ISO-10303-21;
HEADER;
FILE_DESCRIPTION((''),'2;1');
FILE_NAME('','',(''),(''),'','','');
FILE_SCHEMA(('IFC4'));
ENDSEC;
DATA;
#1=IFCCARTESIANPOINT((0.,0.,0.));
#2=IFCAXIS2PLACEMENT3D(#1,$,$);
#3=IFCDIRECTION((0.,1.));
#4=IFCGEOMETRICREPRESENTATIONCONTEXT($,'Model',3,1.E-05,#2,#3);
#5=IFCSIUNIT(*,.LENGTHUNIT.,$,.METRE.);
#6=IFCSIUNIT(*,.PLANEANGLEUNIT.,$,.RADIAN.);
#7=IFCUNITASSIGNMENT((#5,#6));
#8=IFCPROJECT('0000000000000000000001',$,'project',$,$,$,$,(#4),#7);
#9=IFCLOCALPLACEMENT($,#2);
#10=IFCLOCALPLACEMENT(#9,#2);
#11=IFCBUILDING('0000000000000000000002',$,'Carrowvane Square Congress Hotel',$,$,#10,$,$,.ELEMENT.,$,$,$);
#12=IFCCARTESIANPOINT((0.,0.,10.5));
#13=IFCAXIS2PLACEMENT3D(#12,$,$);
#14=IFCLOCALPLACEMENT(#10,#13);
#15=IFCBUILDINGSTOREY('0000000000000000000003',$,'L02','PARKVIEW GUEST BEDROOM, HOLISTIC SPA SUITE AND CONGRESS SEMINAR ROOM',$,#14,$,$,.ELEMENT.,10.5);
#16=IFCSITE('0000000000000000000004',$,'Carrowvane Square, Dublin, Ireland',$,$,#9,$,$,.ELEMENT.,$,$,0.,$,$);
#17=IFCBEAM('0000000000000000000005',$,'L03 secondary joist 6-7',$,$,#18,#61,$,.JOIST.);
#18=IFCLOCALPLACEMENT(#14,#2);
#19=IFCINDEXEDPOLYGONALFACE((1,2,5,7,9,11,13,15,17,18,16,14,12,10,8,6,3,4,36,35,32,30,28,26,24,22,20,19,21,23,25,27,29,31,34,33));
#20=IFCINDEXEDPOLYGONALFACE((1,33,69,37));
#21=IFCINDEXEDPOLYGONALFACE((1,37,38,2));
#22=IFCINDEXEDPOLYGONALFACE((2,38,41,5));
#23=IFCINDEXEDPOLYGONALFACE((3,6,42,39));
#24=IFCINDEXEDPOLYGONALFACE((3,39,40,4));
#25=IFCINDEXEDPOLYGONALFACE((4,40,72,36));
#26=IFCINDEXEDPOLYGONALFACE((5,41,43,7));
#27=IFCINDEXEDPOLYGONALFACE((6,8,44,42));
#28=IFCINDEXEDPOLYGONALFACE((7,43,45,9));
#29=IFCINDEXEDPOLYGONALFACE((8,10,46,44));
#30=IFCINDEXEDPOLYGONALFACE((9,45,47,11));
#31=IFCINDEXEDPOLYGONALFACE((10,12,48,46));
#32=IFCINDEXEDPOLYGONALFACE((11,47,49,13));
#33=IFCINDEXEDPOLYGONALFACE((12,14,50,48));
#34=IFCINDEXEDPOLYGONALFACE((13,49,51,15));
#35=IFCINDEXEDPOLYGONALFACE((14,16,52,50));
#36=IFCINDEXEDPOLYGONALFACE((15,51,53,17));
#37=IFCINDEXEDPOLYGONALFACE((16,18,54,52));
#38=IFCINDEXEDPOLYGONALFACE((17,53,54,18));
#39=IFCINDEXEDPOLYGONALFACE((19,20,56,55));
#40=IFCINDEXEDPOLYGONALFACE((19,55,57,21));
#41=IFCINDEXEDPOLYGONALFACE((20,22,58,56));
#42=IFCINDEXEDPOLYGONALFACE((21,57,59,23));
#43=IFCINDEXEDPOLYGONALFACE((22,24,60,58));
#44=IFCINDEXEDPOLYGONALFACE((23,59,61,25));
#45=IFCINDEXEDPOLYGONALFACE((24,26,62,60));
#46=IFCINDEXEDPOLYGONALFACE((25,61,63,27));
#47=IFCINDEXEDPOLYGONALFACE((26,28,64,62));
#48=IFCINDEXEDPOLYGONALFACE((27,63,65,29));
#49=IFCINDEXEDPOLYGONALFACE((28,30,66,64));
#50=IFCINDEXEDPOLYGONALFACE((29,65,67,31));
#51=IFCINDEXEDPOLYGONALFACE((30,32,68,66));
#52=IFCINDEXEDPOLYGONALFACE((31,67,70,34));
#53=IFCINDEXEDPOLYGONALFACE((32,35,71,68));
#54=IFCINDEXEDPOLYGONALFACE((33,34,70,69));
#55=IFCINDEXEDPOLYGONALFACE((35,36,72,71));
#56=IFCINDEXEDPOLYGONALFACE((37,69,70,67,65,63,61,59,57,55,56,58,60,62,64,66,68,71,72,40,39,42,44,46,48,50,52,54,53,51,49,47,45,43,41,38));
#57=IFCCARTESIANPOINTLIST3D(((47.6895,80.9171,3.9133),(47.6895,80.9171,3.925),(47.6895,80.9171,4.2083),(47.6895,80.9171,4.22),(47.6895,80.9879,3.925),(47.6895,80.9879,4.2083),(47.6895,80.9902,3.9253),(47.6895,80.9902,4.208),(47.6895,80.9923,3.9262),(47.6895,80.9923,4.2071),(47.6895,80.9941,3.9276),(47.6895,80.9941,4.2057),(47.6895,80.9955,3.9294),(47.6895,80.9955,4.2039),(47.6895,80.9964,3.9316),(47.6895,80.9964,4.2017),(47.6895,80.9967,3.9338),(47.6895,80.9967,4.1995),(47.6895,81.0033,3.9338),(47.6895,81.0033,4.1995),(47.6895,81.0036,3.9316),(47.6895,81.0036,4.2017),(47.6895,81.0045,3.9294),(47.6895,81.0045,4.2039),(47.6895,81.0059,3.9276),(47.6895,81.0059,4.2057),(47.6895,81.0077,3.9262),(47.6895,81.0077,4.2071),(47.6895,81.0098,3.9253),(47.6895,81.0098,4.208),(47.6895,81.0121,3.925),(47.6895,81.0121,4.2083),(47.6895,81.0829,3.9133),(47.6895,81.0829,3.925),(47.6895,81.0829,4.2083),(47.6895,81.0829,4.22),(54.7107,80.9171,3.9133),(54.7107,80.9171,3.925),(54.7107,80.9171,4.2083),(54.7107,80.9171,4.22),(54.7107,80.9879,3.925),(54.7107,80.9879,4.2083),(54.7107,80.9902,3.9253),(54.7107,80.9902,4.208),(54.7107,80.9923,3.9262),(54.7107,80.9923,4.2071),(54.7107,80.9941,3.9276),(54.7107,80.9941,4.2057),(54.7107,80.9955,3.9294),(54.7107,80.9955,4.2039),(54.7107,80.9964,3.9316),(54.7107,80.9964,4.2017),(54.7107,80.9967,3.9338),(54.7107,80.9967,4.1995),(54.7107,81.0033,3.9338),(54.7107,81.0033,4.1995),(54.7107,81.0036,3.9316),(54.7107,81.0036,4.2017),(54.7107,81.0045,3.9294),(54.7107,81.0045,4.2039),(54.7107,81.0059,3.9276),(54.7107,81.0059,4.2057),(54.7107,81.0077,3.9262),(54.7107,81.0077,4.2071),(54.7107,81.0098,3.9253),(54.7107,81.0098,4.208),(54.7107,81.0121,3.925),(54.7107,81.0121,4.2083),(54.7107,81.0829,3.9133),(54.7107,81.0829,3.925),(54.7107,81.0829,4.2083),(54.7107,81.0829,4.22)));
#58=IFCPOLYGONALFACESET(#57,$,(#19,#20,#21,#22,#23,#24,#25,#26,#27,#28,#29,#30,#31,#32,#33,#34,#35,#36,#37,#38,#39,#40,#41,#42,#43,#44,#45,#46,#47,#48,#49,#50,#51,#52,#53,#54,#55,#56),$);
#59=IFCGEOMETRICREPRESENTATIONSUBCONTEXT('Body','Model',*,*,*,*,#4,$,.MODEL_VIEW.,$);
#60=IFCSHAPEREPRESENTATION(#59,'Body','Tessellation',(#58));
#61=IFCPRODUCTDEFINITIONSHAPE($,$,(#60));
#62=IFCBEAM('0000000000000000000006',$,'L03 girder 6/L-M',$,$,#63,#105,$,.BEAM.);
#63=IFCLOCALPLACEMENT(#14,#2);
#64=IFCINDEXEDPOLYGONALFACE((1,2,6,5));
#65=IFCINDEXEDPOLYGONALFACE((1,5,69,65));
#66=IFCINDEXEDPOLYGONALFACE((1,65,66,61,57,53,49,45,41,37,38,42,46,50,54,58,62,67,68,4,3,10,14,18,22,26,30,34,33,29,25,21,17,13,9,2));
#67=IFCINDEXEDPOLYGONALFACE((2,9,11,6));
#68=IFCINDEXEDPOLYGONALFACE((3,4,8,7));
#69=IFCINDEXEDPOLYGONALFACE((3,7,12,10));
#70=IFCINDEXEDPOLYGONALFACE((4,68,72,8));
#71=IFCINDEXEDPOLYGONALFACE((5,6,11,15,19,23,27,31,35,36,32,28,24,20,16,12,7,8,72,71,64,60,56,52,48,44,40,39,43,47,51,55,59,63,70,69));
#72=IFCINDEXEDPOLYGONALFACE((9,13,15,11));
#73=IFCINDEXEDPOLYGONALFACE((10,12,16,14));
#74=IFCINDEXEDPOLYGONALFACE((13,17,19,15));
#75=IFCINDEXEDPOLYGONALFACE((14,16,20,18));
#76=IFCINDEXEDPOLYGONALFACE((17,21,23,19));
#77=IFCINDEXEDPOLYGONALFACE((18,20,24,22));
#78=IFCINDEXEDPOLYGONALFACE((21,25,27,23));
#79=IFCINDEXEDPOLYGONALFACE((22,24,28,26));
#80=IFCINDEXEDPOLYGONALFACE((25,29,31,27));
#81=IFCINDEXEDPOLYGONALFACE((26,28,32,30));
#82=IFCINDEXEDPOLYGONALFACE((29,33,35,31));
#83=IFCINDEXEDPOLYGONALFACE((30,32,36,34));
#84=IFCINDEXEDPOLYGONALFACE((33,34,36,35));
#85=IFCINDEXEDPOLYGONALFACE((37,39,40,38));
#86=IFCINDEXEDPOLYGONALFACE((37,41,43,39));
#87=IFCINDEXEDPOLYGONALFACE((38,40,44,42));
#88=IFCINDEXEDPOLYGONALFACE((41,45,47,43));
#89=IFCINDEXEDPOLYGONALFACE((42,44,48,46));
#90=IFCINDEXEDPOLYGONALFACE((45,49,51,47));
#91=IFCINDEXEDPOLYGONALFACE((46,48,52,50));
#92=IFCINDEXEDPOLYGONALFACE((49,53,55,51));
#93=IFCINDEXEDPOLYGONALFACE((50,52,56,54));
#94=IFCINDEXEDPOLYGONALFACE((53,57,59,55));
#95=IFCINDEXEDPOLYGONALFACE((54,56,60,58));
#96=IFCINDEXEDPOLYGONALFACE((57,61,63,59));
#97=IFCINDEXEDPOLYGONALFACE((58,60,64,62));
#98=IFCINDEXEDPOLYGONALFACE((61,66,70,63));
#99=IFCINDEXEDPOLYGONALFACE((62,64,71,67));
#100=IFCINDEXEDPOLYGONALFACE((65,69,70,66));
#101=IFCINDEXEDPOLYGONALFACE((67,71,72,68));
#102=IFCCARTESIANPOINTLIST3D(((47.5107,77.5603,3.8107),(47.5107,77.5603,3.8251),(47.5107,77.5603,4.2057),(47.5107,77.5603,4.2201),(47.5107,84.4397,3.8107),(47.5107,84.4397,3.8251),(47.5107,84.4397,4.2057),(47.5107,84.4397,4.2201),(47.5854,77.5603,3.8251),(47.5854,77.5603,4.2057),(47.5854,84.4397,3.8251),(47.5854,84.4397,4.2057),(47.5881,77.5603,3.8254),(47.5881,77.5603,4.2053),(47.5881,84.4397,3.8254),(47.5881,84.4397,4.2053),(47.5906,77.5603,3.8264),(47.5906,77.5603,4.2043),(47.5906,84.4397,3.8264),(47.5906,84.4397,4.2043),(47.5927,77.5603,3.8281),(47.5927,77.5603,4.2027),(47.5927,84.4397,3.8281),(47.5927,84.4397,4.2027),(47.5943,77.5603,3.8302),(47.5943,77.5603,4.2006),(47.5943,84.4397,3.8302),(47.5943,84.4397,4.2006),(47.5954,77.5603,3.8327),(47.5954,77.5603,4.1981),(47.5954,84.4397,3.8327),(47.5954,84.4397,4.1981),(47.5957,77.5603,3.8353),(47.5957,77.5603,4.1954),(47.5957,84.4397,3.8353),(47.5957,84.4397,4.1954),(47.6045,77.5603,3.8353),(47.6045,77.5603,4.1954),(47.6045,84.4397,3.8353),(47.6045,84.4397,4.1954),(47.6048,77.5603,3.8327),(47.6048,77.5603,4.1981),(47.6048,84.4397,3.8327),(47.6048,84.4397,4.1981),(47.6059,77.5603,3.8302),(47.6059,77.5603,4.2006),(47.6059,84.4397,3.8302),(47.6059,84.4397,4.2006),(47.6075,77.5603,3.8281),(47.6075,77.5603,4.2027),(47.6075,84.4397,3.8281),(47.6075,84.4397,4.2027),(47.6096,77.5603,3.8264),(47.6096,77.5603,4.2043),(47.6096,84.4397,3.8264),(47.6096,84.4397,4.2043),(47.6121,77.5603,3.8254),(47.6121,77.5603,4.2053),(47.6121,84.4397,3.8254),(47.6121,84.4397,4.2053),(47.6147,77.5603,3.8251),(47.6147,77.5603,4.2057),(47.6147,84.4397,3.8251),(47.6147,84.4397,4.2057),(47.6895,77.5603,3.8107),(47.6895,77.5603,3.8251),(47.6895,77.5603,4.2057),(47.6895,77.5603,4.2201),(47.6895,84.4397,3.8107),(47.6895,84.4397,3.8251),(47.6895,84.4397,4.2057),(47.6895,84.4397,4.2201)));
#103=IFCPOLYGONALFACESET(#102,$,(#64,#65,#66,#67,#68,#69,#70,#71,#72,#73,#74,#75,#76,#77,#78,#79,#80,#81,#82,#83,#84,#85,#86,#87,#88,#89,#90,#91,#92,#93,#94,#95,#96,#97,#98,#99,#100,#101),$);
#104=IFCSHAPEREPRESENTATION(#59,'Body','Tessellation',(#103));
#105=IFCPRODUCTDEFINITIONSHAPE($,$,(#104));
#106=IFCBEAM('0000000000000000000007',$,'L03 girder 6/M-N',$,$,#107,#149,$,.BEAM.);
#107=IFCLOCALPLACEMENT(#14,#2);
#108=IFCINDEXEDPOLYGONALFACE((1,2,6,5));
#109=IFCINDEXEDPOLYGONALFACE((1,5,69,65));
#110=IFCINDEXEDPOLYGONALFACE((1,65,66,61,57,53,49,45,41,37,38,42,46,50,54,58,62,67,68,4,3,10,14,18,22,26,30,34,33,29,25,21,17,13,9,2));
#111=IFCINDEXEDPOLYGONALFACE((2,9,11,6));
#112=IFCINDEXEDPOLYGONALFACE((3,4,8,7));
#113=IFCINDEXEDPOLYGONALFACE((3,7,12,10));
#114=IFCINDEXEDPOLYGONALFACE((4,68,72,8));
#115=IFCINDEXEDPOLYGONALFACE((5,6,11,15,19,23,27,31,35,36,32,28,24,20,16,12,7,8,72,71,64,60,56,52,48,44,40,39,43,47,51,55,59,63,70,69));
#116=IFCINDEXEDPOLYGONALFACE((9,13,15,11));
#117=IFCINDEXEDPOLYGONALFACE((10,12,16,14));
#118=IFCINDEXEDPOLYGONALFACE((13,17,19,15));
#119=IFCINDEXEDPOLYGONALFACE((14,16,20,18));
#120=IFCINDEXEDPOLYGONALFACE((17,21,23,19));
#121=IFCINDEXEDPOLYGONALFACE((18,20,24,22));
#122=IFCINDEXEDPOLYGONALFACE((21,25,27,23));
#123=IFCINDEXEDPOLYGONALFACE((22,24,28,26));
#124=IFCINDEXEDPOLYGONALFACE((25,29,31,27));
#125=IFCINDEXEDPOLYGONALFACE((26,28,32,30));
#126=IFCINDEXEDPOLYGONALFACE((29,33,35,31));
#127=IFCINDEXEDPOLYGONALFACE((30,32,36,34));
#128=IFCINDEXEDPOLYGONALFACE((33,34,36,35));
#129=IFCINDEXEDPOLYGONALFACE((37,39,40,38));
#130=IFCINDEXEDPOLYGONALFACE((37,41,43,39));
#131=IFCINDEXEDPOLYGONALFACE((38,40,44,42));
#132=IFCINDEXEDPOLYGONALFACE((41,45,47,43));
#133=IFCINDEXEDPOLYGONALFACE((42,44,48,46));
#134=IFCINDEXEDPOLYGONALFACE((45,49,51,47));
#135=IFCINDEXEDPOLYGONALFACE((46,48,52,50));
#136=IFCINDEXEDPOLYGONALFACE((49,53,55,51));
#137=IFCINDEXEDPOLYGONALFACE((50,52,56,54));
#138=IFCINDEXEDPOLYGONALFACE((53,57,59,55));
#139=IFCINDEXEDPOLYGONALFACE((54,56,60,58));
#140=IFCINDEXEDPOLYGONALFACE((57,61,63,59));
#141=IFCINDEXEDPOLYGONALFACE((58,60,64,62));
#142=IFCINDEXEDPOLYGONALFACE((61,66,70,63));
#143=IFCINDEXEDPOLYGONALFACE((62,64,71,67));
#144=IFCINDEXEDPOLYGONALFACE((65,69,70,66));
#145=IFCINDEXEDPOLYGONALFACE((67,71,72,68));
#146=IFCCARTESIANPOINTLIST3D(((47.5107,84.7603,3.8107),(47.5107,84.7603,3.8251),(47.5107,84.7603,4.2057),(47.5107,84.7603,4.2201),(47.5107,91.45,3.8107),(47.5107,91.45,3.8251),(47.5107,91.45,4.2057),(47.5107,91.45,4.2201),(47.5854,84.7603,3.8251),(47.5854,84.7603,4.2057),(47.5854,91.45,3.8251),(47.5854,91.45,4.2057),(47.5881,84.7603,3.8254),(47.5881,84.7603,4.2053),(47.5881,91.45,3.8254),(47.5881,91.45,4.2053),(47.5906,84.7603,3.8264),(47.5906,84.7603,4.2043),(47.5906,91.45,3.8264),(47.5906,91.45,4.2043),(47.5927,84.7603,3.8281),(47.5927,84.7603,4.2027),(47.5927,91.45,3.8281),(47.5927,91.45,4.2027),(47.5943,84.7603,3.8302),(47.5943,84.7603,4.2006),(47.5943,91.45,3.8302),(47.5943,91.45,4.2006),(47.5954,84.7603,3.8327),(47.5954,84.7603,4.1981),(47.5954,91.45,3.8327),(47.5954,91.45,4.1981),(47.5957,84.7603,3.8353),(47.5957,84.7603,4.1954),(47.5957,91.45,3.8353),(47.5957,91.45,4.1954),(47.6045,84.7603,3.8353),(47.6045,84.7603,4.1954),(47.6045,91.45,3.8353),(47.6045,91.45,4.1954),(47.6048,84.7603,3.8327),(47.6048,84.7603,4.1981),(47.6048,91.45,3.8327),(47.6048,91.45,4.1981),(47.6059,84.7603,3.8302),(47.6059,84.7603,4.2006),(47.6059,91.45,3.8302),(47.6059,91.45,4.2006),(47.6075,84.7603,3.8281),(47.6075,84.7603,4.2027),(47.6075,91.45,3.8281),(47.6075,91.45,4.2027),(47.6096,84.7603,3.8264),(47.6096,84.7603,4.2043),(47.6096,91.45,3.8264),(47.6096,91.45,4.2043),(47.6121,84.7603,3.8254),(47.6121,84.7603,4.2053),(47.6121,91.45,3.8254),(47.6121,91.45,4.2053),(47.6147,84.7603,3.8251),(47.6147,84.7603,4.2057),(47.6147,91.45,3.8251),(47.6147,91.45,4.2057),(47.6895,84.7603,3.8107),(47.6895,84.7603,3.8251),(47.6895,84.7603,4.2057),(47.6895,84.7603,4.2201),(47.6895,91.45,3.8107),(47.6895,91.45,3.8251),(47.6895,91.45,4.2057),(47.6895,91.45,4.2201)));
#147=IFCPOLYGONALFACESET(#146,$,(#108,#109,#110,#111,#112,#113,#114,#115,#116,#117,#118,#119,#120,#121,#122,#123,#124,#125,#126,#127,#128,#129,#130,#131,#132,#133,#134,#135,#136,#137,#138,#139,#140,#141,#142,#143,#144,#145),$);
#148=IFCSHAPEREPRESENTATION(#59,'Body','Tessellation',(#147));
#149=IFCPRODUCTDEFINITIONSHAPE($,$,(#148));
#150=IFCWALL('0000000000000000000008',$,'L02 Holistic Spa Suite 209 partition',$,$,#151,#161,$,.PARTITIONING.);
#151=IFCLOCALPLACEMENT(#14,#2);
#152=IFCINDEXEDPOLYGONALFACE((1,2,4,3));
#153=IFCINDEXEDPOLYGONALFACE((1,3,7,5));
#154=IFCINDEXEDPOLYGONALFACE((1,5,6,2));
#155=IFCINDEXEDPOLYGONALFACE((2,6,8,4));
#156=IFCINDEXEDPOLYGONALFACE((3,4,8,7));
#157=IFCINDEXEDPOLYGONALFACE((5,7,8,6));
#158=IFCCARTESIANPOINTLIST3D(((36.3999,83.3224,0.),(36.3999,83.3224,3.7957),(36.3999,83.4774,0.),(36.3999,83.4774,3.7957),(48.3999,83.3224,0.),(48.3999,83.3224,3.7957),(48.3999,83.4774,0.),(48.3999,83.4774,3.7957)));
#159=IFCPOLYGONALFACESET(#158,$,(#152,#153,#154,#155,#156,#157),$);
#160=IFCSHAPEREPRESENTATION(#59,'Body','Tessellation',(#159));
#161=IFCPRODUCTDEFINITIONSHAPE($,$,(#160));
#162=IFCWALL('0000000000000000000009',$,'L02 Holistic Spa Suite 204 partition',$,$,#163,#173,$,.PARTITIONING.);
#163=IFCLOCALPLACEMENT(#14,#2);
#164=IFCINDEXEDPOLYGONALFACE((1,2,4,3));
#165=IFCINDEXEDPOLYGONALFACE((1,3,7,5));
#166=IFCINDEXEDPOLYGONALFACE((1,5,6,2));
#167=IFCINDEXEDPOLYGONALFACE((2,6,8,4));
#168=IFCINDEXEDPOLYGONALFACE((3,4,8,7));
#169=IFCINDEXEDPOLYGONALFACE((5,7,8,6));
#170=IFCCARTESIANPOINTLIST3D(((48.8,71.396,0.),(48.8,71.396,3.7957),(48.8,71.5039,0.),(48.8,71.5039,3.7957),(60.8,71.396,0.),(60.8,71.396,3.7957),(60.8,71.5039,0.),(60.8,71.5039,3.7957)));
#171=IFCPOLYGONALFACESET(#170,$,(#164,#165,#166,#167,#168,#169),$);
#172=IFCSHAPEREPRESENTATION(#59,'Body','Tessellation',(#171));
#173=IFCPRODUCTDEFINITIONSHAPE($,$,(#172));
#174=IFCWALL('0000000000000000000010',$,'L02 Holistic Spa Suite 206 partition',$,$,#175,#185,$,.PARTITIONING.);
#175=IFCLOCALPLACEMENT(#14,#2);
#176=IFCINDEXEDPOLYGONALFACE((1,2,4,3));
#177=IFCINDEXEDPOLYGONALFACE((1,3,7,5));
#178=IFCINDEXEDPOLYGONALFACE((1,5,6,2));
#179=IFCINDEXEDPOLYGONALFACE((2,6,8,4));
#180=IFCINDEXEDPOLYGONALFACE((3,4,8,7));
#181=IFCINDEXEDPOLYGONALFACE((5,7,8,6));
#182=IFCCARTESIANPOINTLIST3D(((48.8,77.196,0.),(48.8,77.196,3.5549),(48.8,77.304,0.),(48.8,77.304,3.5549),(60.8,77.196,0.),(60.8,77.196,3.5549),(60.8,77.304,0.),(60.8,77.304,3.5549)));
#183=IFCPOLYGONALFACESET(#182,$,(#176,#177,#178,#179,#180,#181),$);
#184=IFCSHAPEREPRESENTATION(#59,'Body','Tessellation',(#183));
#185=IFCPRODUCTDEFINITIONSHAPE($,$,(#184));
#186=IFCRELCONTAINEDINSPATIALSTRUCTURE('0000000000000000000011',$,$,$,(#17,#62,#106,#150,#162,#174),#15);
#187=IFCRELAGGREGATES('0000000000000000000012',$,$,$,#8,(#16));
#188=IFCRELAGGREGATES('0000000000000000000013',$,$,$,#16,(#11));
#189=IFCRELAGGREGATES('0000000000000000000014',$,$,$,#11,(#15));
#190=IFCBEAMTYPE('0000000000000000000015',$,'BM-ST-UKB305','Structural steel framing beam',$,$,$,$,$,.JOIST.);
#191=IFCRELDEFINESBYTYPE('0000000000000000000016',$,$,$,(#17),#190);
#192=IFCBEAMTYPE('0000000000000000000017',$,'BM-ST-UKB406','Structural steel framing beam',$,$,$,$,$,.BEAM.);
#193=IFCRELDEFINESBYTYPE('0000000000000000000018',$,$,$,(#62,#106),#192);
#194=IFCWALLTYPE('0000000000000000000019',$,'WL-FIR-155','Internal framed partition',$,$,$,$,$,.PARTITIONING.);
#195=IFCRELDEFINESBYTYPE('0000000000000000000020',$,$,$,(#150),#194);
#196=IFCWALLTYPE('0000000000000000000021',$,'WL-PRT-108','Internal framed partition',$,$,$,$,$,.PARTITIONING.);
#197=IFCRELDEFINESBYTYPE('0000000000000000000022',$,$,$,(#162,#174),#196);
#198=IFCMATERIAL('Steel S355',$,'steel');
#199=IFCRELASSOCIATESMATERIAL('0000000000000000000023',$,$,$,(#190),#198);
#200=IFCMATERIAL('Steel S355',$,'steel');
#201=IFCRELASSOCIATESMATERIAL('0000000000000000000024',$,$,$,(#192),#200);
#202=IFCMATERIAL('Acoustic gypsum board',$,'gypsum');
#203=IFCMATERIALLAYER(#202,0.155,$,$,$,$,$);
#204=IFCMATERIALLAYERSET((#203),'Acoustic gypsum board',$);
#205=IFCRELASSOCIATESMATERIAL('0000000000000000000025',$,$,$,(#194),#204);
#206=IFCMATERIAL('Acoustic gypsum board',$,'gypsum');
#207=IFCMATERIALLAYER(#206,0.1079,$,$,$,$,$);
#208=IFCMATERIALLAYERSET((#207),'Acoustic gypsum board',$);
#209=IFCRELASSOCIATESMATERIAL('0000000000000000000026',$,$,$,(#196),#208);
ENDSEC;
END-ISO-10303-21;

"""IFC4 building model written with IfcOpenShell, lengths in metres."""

from ifc_helpers import new_model, si_unit, direction, frame, frame_2d, origin, origin_2d, place, context, subcontext, project, spatial, rectangle, i_section, extrude, material, layer, layer_set, material_profile, profile_set, type_object, element, save


model = new_model("IFC4")

# Units and contexts
model_context = context("Model", 3, precision=1e-05, world=origin(), true_north=direction((0.0, 1.0)))
body_context = subcontext(model_context, "Body", "Model", "MODEL_VIEW")
ifc_project = project(units=[si_unit("LENGTHUNIT", "METRE"), si_unit("PLANEANGLEUNIT", "RADIAN")], contexts=[model_context])

# Site, building, storey
site_placement = place(None, origin())
site = spatial("IfcSite", under=ifc_project, at=site_placement, Name="Carrowvane Square, Dublin, Ireland", CompositionType="ELEMENT", RefElevation=0.0)
building_placement = place(site_placement, origin())
building = spatial("IfcBuilding", under=site, at=building_placement, Name="Carrowvane Square Congress Hotel", CompositionType="ELEMENT")
storey_placement = place(building_placement, frame((0.0, 0.0, 10.5)))
storey = spatial("IfcBuildingStorey", under=building, at=storey_placement, Name="L02", Description="PARKVIEW GUEST BEDROOM, HOLISTIC SPA SUITE AND CONGRESS SEMINAR ROOM", CompositionType="ELEMENT", Elevation=10.5)

# Beams
ifc_material_1 = material(Name="Steel S355", Category="steel")
ifc_material_profile_1 = material_profile(ifc_material_1, i_section(OverallWidth=0.1658, OverallDepth=0.3066, WebThickness=0.0066, FlangeThickness=0.0117, FilletRadius=0.0088, at=origin_2d()), Name="UKB 305x165x46")
ifc_profile_set_1 = profile_set([ifc_material_profile_1], Name="Steel S355")
beam_type_1 = type_object("IfcBeamType", Name="BM-ST-UKB305", Description="Structural steel framing beam", PredefinedType="JOIST", material=ifc_profile_set_1)
for number, where, z_axis, x_axis, name in (
    (1, (47.6895, 81.0, 4.0667), (1.0, 0.0, 0.0), (0.0, 1.0, 0.0), "L03 secondary joist 6-7"),
):
    element("IfcBeam", number, at=place(storey_placement, frame(where, z_axis=z_axis, x_axis=x_axis)), inside=storey, type_object=beam_type_1, Name=name, PredefinedType="JOIST", context=body_context, shape_type="SweptSolid", body=[
        extrude(i_section(OverallWidth=0.1658, OverallDepth=0.3066, WebThickness=0.0066, FlangeThickness=0.0117, FilletRadius=0.0088, at=origin_2d()), origin(), (0.0, 0.0, 1.0), 7.0212),
    ])
ifc_material_2 = material(Name="Steel S355", Category="steel")
ifc_material_profile_2 = material_profile(ifc_material_2, i_section(OverallWidth=0.1787, OverallDepth=0.4094, WebThickness=0.0088, FlangeThickness=0.0144, FilletRadius=0.0103, at=origin_2d()), Name="UKB 406x178x67")
ifc_profile_set_2 = profile_set([ifc_material_profile_2], Name="Steel S355")
beam_type_2 = type_object("IfcBeamType", Name="BM-ST-UKB406", Description="Structural steel framing beam", PredefinedType="BEAM", material=ifc_profile_set_2)
beam_1_placement = place(storey_placement, frame((47.6001, 77.5603, 4.0154), z_axis=(0.0, 1.0, 0.0), x_axis=(-1.0, 0.0, 0.0)))
element("IfcBeam", 2, at=beam_1_placement, inside=storey, type_object=beam_type_2, Name="L03 girder 6/L-M", PredefinedType="BEAM", context=body_context, shape_type="SweptSolid", body=[
    extrude(i_section(OverallWidth=0.1787, OverallDepth=0.4094, WebThickness=0.0088, FlangeThickness=0.0144, FilletRadius=0.0103, at=origin_2d()), origin(), (0.0, 0.0, 1.0), 6.8794),
])
beam_2_placement = place(storey_placement, frame((47.6001, 84.7603, 4.0154), z_axis=(0.0, 1.0, 0.0), x_axis=(-1.0, 0.0, 0.0)))
element("IfcBeam", 3, at=beam_2_placement, inside=storey, type_object=beam_type_2, Name="L03 girder 6/M-N", PredefinedType="BEAM", context=body_context, shape_type="SweptSolid", body=[
    extrude(i_section(OverallWidth=0.1787, OverallDepth=0.4094, WebThickness=0.0088, FlangeThickness=0.0144, FilletRadius=0.0103, at=origin_2d()), origin(), (0.0, 0.0, 1.0), 6.6897),
])

# Walls
ifc_material_3 = material(Name="Acoustic gypsum board", Category="gypsum")
ifc_layer_1 = layer(ifc_material_3, 0.155)
ifc_layer_set_1 = layer_set([ifc_layer_1], Name="Acoustic gypsum board")
wall_type_1 = type_object("IfcWallType", Name="WL-FIR-155", Description="Internal framed partition", PredefinedType="PARTITIONING", material=ifc_layer_set_1)
wall_1_placement = place(storey_placement, frame((48.3999, 83.3999, 0.0), z_axis=(0.0, 0.0, 1.0), x_axis=(-1.0, 0.0, 0.0)))
element("IfcWall", 4, at=wall_1_placement, inside=storey, type_object=wall_type_1, Name="L02 Holistic Spa Suite 209 partition", PredefinedType="PARTITIONING", context=body_context, shape_type="SweptSolid", body=[
    extrude(rectangle(XDim=12.0, YDim=0.155, at=frame_2d((6.0, 0.0))), origin(), (0.0, 0.0, 1.0), 3.7957),
])
ifc_material_4 = material(Name="Acoustic gypsum board", Category="gypsum")
ifc_layer_2 = layer(ifc_material_4, 0.1079)
ifc_layer_set_2 = layer_set([ifc_layer_2], Name="Acoustic gypsum board")
wall_type_2 = type_object("IfcWallType", Name="WL-PRT-108", Description="Internal framed partition", PredefinedType="PARTITIONING", material=ifc_layer_set_2)
wall_2_placement = place(storey_placement, frame((48.8, 71.45, 0.0), z_axis=(0.0, 0.0, 1.0), x_axis=(1.0, 0.0, 0.0)))
element("IfcWall", 5, at=wall_2_placement, inside=storey, type_object=wall_type_2, Name="L02 Holistic Spa Suite 204 partition", PredefinedType="PARTITIONING", context=body_context, shape_type="SweptSolid", body=[
    extrude(rectangle(XDim=12.0, YDim=0.1079, at=frame_2d((6.0, 0.0))), origin(), (0.0, 0.0, 1.0), 3.7957),
])
wall_3_placement = place(storey_placement, frame((48.8, 77.25, 0.0), z_axis=(0.0, 0.0, 1.0), x_axis=(1.0, 0.0, 0.0)))
element("IfcWall", 6, at=wall_3_placement, inside=storey, type_object=wall_type_2, Name="L02 Holistic Spa Suite 206 partition", PredefinedType="PARTITIONING", context=body_context, shape_type="SweptSolid", body=[
    extrude(rectangle(XDim=12.0, YDim=0.1079, at=frame_2d((6.0, 0.0))), origin(), (0.0, 0.0, 1.0), 3.5549),
])

save(model, "model.ifc")
